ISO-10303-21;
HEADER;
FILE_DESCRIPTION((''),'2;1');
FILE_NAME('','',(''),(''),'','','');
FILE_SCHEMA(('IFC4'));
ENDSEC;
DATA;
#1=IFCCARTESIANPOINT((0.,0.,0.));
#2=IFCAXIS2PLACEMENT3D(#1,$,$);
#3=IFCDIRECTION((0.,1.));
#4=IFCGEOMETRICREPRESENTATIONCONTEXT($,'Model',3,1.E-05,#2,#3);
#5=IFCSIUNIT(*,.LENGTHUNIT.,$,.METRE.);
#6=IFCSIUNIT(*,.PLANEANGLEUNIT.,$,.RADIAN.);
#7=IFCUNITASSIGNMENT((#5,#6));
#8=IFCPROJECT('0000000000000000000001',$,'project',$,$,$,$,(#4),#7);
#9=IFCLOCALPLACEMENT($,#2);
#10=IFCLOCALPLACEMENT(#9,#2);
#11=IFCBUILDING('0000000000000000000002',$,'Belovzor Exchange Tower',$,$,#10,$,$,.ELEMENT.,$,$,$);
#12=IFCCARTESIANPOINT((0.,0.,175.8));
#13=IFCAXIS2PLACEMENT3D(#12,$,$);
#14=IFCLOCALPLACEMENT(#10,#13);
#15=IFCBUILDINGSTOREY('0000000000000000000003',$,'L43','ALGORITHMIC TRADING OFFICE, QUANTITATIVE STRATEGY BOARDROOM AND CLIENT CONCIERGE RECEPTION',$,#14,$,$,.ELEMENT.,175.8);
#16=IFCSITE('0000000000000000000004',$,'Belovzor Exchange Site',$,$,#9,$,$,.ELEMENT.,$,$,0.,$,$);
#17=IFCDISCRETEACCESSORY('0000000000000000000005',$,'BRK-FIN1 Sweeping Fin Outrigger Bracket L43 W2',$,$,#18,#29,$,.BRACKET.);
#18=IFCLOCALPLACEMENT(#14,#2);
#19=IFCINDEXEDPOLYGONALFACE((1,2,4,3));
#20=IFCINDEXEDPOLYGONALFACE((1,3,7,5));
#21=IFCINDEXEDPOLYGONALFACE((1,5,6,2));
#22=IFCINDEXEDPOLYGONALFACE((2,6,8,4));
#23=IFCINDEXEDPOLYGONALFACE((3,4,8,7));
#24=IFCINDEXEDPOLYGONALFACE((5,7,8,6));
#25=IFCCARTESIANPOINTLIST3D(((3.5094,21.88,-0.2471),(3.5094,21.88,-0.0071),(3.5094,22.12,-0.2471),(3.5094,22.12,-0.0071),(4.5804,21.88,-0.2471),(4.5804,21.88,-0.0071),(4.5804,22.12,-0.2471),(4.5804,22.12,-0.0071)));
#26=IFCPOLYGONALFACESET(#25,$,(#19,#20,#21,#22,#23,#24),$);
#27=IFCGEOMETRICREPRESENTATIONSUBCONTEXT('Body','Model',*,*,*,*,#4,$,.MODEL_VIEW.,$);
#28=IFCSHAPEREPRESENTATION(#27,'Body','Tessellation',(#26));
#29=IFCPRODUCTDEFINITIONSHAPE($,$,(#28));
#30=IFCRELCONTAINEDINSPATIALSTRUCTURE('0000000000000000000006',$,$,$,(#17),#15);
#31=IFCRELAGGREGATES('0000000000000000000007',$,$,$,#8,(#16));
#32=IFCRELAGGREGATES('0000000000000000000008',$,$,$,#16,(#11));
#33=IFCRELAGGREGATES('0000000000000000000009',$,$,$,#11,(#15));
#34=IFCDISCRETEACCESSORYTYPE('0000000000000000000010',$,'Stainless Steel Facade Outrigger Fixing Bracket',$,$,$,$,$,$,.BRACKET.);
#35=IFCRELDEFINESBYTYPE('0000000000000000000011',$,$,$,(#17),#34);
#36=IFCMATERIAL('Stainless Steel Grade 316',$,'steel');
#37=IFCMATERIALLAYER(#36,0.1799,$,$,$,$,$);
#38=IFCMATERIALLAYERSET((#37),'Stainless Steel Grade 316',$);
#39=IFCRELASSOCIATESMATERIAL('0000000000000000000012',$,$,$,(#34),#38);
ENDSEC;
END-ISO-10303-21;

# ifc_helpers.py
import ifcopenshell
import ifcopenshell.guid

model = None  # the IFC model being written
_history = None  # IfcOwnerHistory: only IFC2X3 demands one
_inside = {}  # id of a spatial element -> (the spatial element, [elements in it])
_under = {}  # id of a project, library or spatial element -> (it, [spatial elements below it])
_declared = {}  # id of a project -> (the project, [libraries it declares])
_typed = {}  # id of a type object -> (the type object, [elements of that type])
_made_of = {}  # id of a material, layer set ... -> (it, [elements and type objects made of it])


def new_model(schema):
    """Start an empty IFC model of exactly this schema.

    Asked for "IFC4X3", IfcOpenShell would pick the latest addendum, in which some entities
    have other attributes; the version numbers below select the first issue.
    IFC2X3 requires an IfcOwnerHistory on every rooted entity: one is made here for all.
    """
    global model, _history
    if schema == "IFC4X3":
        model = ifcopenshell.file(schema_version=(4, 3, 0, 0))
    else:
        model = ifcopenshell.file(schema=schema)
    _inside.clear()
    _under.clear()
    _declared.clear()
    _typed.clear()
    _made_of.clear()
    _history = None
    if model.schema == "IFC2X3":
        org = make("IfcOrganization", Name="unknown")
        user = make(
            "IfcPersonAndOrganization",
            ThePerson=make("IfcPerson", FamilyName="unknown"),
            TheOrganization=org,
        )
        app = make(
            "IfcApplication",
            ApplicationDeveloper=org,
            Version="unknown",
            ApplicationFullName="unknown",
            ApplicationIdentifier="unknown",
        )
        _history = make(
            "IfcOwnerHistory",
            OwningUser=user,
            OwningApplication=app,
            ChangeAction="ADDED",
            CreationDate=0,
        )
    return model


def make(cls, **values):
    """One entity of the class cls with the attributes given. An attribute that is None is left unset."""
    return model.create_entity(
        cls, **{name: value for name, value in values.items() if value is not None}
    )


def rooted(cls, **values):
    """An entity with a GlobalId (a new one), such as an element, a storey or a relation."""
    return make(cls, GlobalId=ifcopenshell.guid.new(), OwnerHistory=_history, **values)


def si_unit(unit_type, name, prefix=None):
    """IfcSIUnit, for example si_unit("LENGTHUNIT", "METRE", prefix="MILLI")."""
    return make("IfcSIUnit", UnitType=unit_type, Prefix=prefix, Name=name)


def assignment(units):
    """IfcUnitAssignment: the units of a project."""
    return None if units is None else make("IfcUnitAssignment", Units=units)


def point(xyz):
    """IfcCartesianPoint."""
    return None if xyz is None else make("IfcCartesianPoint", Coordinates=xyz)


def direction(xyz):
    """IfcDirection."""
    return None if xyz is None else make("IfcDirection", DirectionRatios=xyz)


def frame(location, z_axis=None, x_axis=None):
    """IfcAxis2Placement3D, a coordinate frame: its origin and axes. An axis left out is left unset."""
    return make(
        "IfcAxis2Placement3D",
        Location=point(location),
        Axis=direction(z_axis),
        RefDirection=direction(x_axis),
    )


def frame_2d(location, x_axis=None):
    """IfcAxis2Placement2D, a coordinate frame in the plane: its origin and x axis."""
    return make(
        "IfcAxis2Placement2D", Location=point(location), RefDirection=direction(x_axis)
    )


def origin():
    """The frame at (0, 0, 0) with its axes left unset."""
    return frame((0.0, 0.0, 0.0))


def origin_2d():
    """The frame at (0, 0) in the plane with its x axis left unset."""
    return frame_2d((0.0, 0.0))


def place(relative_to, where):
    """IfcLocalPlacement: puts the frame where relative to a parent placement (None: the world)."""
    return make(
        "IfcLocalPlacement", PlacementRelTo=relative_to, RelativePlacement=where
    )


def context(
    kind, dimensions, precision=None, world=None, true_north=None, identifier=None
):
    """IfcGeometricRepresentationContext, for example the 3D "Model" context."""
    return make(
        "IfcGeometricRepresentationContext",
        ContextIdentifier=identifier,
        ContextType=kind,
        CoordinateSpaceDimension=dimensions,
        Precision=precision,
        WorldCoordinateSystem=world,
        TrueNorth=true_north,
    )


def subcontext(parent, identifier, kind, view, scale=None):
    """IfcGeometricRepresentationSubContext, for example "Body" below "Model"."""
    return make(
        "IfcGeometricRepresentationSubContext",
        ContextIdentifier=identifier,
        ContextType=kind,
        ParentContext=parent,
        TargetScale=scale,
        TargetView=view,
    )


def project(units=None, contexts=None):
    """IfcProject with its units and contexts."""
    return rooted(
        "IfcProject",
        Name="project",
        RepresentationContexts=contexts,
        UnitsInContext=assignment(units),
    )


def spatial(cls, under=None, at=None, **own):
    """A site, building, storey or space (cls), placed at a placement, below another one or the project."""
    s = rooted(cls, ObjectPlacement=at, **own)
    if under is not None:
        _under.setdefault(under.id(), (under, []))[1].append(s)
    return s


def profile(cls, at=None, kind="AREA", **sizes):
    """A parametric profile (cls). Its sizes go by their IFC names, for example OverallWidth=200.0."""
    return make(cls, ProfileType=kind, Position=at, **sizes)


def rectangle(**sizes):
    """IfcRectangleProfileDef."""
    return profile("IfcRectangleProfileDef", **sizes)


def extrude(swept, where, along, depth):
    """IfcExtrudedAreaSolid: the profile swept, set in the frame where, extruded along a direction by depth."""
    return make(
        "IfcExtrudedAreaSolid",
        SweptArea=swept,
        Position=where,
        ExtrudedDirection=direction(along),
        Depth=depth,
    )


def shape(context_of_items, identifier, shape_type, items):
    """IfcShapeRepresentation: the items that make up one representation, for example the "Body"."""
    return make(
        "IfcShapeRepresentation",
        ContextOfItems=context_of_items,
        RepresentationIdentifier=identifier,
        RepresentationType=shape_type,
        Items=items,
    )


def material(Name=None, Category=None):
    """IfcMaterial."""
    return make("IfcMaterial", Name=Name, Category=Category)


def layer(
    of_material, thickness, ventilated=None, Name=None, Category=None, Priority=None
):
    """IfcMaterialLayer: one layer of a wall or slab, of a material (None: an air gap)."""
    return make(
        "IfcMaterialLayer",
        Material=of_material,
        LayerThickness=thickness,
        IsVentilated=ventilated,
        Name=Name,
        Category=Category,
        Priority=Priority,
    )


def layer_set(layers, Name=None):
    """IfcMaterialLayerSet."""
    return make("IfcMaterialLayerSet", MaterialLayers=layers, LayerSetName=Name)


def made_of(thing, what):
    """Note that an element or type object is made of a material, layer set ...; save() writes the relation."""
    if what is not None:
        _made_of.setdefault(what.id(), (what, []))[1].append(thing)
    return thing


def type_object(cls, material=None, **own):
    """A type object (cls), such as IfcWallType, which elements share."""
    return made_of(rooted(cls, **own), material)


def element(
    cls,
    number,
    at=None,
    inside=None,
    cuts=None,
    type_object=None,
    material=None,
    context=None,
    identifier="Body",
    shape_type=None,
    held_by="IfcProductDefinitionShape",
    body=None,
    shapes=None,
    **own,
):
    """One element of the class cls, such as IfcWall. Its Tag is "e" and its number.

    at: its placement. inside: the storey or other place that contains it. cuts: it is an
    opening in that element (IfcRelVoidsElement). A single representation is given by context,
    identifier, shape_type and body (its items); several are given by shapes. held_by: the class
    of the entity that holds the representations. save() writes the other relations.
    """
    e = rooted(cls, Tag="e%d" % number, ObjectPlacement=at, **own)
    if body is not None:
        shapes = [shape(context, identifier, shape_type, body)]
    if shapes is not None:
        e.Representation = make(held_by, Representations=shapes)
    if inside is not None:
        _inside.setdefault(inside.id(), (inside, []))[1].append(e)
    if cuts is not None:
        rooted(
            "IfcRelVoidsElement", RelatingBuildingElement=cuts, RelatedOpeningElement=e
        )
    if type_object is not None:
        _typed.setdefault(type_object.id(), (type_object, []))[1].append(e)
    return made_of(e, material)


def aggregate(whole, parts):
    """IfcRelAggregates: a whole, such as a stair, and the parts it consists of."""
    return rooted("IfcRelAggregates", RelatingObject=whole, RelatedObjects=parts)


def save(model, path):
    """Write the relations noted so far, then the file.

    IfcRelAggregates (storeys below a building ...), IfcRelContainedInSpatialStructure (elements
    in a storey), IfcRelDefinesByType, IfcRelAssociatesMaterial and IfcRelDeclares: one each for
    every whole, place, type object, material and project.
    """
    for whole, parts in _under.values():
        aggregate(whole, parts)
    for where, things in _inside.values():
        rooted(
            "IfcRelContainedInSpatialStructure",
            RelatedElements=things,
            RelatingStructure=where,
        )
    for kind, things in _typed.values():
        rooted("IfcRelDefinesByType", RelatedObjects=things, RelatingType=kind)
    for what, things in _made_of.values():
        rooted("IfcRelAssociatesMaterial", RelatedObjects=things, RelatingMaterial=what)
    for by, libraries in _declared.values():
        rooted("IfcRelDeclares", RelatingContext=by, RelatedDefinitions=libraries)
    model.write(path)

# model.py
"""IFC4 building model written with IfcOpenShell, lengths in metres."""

from ifc_helpers import new_model, si_unit, direction, frame, origin, origin_2d, place, context, subcontext, project, spatial, rectangle, extrude, material, layer, layer_set, type_object, element, save


model = new_model("IFC4")

# Units and contexts
model_context = context("Model", 3, precision=1e-05, world=origin(), true_north=direction((0.0, 1.0)))
body_context = subcontext(model_context, "Body", "Model", "MODEL_VIEW")
ifc_project = project(units=[si_unit("LENGTHUNIT", "METRE"), si_unit("PLANEANGLEUNIT", "RADIAN")], contexts=[model_context])

# Site, building, storey
site_placement = place(None, origin())
site = spatial("IfcSite", under=ifc_project, at=site_placement, Name="Belovzor Exchange Site", CompositionType="ELEMENT", RefElevation=0.0)
building_placement = place(site_placement, origin())
building = spatial("IfcBuilding", under=site, at=building_placement, Name="Belovzor Exchange Tower", CompositionType="ELEMENT")
storey_placement = place(building_placement, frame((0.0, 0.0, 175.8)))
storey = spatial("IfcBuildingStorey", under=building, at=storey_placement, Name="L43", Description="ALGORITHMIC TRADING OFFICE, QUANTITATIVE STRATEGY BOARDROOM AND CLIENT CONCIERGE RECEPTION", CompositionType="ELEMENT", Elevation=175.8)

# Discrete accessory
ifc_material_1 = material(Name="Stainless Steel Grade 316", Category="steel")
ifc_layer_1 = layer(ifc_material_1, 0.1799)
ifc_layer_set_1 = layer_set([ifc_layer_1], Name="Stainless Steel Grade 316")
discrete_accessory_type = type_object("IfcDiscreteAccessoryType", Name="Stainless Steel Facade Outrigger Fixing Bracket", PredefinedType="BRACKET", material=ifc_layer_set_1)
for number, where, z_axis, x_axis, name in (
    (1, (4.0449, 22.0, -0.2471), (0.0, 0.0, 1.0), (1.0, 0.0, 0.0), "BRK-FIN1 Sweeping Fin Outrigger Bracket L43 W2"),
):
    element("IfcDiscreteAccessory", number, at=place(storey_placement, frame(where, z_axis=z_axis, x_axis=x_axis)), inside=storey, type_object=discrete_accessory_type, Name=name, PredefinedType="BRACKET", context=body_context, shape_type="SweptSolid", body=[
        extrude(rectangle(XDim=1.071, YDim=0.24, at=origin_2d()), origin(), (0.0, 0.0, 1.0), 0.24),
    ])

save(model, "model.ifc")
